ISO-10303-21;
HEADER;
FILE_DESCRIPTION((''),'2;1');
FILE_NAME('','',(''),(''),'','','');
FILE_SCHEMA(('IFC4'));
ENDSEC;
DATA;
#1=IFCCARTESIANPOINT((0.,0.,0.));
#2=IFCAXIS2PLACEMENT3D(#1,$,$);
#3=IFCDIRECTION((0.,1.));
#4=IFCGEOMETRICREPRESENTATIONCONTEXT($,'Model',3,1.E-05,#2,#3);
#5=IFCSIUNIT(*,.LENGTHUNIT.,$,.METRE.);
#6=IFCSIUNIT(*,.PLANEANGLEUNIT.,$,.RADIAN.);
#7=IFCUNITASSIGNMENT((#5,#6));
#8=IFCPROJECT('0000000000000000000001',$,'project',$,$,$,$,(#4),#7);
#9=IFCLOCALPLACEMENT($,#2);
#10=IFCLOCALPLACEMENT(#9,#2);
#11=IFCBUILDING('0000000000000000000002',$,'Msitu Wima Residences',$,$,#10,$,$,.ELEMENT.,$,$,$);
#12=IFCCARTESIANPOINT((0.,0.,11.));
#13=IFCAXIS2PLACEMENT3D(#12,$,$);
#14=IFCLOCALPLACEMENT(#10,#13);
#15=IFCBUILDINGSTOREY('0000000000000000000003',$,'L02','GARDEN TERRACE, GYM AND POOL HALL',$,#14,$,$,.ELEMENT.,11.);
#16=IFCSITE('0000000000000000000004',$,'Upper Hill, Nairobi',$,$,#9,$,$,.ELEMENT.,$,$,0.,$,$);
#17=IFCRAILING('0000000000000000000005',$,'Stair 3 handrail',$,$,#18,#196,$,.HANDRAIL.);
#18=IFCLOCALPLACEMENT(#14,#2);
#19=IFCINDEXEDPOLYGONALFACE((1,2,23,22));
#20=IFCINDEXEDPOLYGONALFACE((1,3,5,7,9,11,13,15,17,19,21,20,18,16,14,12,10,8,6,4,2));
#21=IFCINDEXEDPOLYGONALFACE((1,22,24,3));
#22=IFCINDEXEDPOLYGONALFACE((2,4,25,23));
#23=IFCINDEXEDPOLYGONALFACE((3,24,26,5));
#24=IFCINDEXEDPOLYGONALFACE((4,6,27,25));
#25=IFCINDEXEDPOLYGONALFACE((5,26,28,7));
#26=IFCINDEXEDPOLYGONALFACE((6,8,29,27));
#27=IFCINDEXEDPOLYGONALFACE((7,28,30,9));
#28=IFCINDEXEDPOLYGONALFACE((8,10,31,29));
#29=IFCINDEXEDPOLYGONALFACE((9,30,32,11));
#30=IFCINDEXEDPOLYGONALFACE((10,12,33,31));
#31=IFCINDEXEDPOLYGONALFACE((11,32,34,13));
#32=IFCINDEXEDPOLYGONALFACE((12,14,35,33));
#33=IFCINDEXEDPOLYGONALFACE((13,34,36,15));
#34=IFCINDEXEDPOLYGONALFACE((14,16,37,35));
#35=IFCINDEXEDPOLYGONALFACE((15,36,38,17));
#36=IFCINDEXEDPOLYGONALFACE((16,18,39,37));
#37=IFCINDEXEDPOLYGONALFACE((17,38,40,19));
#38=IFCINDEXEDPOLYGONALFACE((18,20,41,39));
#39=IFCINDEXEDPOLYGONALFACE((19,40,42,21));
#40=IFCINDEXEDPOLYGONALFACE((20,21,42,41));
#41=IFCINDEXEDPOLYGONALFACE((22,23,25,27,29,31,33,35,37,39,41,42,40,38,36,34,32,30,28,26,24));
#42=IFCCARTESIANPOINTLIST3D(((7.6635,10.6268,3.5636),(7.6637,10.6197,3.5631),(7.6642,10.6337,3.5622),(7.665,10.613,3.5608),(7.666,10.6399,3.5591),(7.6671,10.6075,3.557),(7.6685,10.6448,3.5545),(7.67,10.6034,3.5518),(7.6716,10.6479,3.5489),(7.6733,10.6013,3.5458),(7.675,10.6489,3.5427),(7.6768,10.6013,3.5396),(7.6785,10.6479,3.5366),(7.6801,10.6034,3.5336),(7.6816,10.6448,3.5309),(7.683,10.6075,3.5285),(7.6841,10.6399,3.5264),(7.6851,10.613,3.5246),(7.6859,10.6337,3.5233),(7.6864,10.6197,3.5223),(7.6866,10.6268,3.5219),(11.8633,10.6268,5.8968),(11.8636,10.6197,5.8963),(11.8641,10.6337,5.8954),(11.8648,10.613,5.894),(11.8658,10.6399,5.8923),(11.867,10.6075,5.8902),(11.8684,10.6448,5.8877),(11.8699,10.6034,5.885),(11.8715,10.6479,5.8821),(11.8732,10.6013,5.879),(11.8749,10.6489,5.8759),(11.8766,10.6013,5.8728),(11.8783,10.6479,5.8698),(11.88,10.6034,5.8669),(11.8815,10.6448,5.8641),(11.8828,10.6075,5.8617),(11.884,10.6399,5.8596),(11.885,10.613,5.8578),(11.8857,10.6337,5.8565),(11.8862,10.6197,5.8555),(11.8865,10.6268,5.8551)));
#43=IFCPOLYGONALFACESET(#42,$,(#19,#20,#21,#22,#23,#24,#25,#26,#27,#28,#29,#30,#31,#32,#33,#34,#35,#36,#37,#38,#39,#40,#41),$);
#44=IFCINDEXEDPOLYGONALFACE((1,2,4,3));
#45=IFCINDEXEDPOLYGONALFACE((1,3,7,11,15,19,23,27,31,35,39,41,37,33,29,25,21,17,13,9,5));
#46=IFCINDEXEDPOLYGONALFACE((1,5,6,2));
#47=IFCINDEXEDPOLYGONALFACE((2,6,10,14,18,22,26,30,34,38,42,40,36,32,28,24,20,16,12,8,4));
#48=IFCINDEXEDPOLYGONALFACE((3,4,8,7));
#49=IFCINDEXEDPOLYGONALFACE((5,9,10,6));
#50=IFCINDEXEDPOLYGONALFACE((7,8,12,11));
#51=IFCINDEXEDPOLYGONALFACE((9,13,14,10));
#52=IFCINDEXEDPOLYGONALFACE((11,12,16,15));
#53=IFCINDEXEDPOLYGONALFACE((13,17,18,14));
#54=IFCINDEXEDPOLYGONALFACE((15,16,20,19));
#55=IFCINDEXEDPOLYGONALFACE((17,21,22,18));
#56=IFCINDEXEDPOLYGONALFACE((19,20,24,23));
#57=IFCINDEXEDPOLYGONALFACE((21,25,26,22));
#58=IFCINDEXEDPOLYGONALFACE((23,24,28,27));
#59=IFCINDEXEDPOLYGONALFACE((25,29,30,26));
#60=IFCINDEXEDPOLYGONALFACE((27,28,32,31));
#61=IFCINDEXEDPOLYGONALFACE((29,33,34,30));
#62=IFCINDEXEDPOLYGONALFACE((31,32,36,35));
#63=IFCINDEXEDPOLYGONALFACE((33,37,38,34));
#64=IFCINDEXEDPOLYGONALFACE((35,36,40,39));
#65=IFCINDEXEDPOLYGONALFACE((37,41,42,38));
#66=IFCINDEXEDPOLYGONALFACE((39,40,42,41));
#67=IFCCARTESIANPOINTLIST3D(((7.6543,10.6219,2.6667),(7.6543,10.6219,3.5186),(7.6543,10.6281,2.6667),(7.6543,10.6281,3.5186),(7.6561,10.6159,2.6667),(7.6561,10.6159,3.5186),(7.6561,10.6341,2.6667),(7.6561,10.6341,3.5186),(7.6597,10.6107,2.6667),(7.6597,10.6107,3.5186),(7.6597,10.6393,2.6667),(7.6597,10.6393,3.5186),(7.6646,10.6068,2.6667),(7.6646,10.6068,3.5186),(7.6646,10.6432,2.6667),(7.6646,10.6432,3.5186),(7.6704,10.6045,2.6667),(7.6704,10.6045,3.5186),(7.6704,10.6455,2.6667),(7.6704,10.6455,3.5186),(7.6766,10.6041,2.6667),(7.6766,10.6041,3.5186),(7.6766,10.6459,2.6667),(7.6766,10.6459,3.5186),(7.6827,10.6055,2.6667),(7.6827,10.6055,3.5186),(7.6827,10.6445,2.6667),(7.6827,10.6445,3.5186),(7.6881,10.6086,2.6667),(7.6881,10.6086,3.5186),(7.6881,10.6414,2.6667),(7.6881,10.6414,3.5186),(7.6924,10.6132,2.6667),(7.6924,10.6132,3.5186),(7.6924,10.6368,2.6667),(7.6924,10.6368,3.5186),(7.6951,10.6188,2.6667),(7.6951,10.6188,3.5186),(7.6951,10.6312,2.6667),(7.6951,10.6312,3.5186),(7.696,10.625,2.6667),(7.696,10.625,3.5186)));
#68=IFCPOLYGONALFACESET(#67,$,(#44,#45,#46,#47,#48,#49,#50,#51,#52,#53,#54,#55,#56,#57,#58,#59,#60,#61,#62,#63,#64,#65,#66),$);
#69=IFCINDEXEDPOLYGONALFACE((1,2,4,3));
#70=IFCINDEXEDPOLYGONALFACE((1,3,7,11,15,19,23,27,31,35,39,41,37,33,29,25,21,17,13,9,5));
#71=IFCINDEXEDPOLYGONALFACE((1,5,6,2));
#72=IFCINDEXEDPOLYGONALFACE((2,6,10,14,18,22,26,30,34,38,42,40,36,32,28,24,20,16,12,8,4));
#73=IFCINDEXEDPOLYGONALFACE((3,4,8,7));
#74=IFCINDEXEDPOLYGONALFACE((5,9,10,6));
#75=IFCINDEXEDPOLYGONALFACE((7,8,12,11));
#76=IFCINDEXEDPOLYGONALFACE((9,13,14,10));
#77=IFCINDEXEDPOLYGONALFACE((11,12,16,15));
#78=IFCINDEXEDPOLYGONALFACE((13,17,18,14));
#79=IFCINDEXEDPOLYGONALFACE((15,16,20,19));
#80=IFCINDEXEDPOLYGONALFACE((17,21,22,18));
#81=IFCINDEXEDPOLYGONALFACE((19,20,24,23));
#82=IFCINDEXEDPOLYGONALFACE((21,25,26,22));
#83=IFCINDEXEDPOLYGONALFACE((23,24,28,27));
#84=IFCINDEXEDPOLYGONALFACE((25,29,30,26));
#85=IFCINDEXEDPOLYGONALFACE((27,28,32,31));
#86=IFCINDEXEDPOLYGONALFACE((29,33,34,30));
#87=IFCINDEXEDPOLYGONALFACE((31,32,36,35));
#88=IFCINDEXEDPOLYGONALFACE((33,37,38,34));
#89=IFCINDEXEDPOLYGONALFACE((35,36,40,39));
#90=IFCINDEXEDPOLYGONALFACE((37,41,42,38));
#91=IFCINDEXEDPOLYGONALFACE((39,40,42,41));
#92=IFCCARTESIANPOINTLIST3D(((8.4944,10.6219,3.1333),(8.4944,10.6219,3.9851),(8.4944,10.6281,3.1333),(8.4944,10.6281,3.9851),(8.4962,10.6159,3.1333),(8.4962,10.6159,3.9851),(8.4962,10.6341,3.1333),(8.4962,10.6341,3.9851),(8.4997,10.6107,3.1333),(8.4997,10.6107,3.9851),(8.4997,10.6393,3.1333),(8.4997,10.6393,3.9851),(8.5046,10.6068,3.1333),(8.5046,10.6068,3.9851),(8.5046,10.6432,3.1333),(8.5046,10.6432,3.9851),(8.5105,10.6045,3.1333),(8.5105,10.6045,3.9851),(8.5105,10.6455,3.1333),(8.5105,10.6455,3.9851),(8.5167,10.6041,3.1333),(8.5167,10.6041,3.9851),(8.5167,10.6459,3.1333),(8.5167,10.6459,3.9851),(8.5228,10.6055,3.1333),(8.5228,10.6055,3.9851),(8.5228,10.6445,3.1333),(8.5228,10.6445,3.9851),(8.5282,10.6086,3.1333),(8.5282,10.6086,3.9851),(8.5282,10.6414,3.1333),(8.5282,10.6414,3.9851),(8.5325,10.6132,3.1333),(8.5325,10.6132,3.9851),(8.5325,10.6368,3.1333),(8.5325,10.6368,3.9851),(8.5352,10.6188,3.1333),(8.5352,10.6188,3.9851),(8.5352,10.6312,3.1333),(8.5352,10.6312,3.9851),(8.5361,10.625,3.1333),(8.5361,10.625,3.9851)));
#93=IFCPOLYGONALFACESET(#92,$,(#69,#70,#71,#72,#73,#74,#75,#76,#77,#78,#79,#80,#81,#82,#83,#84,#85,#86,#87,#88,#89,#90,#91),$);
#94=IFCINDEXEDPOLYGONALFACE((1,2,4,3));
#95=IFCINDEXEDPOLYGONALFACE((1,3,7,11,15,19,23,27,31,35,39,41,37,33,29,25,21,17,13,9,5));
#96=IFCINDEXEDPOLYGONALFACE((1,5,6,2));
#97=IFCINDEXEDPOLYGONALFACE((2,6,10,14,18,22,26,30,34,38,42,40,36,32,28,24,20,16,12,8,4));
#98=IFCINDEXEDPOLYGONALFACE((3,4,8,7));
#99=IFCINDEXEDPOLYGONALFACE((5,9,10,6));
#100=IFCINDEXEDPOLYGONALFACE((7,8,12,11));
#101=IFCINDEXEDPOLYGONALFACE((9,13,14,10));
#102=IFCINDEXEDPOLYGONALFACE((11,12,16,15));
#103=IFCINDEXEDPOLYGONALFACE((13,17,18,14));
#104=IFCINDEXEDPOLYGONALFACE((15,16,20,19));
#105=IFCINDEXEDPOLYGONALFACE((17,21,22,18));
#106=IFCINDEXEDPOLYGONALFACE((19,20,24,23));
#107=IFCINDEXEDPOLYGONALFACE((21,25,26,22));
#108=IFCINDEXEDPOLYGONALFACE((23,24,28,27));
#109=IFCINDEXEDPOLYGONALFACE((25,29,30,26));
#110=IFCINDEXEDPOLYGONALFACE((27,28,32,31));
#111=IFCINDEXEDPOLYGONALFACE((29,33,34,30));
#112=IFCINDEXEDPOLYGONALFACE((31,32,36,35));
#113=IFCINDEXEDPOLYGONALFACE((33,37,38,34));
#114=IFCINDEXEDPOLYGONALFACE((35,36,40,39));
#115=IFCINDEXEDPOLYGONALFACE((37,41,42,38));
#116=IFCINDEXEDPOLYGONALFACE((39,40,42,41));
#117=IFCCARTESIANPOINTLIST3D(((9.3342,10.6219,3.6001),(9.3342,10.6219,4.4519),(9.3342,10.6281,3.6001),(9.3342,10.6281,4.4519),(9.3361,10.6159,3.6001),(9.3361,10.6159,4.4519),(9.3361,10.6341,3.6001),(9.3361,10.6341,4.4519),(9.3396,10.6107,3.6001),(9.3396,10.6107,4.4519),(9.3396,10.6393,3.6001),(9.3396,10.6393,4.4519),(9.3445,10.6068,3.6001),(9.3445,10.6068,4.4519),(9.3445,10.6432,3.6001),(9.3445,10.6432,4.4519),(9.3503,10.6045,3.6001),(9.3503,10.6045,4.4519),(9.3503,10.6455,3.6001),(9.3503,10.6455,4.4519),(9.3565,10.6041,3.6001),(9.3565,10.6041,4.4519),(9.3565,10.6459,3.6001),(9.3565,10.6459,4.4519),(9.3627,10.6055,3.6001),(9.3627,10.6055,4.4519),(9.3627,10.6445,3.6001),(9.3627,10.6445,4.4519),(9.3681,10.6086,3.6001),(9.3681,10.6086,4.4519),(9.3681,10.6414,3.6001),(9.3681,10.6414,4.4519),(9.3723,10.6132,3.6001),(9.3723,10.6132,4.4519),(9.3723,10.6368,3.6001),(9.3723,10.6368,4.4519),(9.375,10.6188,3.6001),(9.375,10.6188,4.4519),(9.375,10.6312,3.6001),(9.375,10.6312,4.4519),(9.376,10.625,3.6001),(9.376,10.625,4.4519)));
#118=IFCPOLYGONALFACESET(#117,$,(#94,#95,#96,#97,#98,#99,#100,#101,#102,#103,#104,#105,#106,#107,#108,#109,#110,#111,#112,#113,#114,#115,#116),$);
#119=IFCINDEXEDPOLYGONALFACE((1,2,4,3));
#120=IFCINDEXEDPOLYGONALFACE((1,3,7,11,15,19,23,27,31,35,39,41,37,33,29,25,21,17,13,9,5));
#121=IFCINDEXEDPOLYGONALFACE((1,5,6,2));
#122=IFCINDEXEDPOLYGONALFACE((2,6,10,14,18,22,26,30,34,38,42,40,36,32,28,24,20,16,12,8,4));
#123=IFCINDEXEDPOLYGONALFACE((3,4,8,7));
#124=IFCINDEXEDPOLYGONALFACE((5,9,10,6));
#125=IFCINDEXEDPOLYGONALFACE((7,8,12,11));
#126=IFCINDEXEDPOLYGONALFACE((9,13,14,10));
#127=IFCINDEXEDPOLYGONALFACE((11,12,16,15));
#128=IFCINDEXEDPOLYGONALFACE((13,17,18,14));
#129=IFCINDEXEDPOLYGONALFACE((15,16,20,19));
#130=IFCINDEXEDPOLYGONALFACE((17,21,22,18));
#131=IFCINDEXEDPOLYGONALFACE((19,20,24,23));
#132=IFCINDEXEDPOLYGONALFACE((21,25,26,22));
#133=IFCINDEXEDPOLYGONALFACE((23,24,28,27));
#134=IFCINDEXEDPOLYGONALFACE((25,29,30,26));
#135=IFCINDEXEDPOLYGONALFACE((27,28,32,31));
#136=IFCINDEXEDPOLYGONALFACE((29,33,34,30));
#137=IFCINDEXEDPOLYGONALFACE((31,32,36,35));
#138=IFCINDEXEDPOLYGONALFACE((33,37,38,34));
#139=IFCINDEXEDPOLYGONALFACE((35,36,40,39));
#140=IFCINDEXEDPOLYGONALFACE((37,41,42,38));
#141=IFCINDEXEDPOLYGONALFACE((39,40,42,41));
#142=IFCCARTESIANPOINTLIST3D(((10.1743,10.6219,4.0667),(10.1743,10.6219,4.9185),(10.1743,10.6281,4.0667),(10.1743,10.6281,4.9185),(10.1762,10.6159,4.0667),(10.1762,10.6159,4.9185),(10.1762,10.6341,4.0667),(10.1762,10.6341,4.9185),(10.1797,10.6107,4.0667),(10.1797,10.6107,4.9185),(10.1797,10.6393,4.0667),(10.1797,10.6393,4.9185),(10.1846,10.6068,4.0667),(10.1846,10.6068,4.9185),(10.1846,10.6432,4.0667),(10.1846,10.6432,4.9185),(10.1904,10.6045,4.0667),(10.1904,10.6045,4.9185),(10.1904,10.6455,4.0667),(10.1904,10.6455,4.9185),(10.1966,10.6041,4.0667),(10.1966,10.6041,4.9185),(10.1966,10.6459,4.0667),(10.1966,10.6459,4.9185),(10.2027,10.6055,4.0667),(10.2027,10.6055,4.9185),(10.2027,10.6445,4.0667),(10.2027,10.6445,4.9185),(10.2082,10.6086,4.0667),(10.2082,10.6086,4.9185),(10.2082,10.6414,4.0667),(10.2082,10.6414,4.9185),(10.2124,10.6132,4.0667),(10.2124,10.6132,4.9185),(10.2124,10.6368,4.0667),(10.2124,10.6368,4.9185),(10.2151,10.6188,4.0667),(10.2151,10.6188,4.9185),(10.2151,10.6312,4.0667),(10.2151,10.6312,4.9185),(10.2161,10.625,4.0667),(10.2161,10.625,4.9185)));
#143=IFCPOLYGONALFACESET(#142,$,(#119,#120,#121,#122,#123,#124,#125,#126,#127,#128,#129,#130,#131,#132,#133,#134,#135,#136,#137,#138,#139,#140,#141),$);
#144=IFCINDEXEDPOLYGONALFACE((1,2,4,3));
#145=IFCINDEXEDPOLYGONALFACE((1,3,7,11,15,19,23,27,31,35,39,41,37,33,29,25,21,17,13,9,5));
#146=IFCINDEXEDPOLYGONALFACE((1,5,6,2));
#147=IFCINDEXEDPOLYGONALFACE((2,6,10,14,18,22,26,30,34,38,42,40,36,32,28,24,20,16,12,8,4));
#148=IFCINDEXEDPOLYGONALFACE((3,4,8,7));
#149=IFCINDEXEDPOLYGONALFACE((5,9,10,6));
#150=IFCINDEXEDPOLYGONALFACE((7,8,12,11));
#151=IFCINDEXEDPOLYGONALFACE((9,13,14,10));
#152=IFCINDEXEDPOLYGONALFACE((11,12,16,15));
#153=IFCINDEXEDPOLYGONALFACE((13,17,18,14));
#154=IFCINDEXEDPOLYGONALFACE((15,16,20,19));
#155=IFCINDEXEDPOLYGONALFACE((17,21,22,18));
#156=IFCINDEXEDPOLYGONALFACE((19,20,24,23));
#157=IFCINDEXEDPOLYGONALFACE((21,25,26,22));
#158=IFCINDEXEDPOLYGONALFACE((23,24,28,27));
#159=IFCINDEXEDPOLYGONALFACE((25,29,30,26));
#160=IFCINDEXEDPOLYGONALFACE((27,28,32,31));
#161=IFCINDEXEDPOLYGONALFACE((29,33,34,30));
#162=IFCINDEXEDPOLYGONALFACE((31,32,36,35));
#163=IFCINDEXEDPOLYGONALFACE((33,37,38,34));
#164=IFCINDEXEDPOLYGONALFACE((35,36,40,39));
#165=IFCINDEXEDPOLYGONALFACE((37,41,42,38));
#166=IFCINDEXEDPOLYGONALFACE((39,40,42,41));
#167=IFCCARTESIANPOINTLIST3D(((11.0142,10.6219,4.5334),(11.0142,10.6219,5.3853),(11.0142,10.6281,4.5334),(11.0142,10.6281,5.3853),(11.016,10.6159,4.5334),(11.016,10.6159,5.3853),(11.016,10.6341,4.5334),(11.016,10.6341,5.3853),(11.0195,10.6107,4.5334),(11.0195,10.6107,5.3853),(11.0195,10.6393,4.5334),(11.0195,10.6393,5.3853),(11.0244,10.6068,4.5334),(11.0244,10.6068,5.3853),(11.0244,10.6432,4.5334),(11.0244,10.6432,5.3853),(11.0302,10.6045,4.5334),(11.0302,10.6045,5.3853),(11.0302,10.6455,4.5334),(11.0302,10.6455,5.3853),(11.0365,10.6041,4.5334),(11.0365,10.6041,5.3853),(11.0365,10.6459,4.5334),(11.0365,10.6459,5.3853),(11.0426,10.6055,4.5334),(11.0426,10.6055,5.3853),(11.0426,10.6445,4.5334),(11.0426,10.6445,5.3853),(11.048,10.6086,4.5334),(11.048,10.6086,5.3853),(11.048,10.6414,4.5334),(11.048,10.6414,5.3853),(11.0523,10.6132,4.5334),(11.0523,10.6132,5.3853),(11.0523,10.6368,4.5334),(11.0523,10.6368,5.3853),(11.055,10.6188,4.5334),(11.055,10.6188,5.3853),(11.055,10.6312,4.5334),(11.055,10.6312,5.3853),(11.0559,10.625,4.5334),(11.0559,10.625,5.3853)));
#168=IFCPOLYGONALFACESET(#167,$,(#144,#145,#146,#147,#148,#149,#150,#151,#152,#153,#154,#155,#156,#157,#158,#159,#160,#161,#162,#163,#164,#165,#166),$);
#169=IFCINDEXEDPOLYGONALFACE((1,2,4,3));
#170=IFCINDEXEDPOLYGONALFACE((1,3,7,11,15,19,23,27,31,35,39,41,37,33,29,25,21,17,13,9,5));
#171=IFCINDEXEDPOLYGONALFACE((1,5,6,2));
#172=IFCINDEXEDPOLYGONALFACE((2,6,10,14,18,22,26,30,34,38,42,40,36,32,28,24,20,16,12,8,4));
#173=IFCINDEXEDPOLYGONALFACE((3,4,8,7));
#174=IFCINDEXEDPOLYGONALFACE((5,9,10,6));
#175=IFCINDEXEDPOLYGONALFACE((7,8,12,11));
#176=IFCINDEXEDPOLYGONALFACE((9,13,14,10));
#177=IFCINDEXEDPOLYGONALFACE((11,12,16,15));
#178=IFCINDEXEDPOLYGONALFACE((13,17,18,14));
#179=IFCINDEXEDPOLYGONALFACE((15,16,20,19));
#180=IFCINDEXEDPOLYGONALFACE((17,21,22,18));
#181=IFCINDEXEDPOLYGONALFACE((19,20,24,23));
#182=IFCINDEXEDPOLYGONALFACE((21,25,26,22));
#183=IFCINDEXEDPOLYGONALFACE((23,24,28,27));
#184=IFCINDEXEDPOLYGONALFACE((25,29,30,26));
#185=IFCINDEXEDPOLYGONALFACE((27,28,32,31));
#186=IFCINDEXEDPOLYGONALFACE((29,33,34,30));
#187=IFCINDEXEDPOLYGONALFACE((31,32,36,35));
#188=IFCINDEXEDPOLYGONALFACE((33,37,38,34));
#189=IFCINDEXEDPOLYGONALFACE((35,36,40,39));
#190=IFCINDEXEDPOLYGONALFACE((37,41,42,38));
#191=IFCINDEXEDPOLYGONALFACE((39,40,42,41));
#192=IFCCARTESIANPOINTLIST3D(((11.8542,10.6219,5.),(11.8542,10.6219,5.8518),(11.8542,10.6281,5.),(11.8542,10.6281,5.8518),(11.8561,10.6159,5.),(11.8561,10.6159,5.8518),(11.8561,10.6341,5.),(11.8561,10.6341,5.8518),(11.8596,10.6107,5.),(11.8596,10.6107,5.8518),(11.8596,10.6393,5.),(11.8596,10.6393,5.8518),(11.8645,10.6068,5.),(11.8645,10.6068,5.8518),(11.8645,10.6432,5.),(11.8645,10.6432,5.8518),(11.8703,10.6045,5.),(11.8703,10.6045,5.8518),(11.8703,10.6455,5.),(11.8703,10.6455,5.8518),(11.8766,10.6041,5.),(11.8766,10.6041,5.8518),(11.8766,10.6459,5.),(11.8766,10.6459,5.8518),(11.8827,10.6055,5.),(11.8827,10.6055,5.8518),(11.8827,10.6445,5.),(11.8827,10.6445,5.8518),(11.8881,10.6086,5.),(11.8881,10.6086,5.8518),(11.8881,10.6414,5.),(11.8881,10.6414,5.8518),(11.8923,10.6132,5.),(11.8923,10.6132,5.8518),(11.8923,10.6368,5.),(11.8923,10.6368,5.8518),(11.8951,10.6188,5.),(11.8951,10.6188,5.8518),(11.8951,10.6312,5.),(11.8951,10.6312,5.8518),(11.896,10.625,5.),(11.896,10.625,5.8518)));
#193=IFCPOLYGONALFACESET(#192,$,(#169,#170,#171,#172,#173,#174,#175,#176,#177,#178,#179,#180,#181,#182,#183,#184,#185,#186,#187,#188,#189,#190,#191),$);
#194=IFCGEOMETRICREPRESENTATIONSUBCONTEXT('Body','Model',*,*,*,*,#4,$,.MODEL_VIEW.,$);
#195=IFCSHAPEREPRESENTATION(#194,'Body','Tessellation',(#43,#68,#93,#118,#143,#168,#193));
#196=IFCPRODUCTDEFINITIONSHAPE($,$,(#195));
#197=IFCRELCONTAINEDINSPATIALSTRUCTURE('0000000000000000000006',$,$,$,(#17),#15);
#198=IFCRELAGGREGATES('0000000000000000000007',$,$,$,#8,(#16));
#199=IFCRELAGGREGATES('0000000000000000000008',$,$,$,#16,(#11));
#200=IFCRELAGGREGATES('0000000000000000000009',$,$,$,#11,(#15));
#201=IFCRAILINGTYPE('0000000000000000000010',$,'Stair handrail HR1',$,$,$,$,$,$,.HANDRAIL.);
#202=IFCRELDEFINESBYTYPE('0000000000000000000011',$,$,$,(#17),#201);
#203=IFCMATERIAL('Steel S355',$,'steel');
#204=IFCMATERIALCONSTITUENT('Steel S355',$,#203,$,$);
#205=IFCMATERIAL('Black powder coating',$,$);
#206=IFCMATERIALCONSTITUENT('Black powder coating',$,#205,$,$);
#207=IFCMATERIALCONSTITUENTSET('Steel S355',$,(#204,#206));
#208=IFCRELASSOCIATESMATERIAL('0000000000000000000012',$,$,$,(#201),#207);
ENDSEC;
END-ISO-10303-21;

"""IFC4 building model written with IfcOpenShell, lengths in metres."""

from ifc_helpers import new_model, si_unit, direction, frame, origin, origin_2d, place, context, subcontext, project, spatial, circle, extrude, material, constituent, constituent_set, type_object, element, save


model = new_model("IFC4")

# Units and contexts
model_context = context("Model", 3, precision=1e-05, world=origin(), true_north=direction((0.0, 1.0)))
body_context = subcontext(model_context, "Body", "Model", "MODEL_VIEW")
ifc_project = project(units=[si_unit("LENGTHUNIT", "METRE"), si_unit("PLANEANGLEUNIT", "RADIAN")], contexts=[model_context])

# Site, building, storey
site_placement = place(None, origin())
site = spatial("IfcSite", under=ifc_project, at=site_placement, Name="Upper Hill, Nairobi", CompositionType="ELEMENT", RefElevation=0.0)
building_placement = place(site_placement, origin())
building = spatial("IfcBuilding", under=site, at=building_placement, Name="Msitu Wima Residences", CompositionType="ELEMENT")
storey_placement = place(building_placement, frame((0.0, 0.0, 11.0)))
storey = spatial("IfcBuildingStorey", under=building, at=storey_placement, Name="L02", Description="GARDEN TERRACE, GYM AND POOL HALL", CompositionType="ELEMENT", Elevation=11.0)

# Railing
ifc_material_1 = material(Name="Steel S355", Category="steel")
ifc_constituent_1 = constituent(ifc_material_1, Name="Steel S355")
ifc_material_2 = material(Name="Black powder coating")
ifc_constituent_2 = constituent(ifc_material_2, Name="Black powder coating")
ifc_constituent_set = constituent_set(constituents=[ifc_constituent_1, ifc_constituent_2], Name="Steel S355")
railing_type = type_object("IfcRailingType", Name="Stair handrail HR1", PredefinedType="HANDRAIL", material=ifc_constituent_set)
for number, where, name in (
    (1, (7.675, 10.625, 2.6667), "Stair 3 handrail"),
):
    element("IfcRailing", number, at=place(storey_placement, frame(where)), inside=storey, type_object=railing_type, Name=name, PredefinedType="HANDRAIL", context=body_context, shape_type="SweptSolid", body=[
        extrude(circle(Radius=0.0239, at=origin_2d()), frame((0.0, 0.0, 0.876), z_axis=(0.874162, 0.0, 0.485634), x_axis=(0.0, 1.0, 0.0)), (0.0, 0.0, 1.0), 4.8044),
        extrude(circle(Radius=0.021, at=origin_2d()), origin(), (0.0, 0.0, 1.0), 0.8518),
        extrude(circle(Radius=0.021, at=origin_2d()), frame((0.8401, 0.0, 0.4666)), (0.0, 0.0, 1.0), 0.8518),
        extrude(circle(Radius=0.021, at=origin_2d()), frame((1.6799, 0.0, 0.9333)), (0.0, 0.0, 1.0), 0.8518),
        extrude(circle(Radius=0.021, at=origin_2d()), frame((2.52, 0.0, 1.3999)), (0.0, 0.0, 1.0), 0.8518),
        extrude(circle(Radius=0.021, at=origin_2d()), frame((3.3599, 0.0, 1.8667)), (0.0, 0.0, 1.0), 0.8518),
        extrude(circle(Radius=0.021, at=origin_2d()), frame((4.2, 0.0, 2.3333)), (0.0, 0.0, 1.0), 0.8518),
    ])

save(model, "model.ifc")
